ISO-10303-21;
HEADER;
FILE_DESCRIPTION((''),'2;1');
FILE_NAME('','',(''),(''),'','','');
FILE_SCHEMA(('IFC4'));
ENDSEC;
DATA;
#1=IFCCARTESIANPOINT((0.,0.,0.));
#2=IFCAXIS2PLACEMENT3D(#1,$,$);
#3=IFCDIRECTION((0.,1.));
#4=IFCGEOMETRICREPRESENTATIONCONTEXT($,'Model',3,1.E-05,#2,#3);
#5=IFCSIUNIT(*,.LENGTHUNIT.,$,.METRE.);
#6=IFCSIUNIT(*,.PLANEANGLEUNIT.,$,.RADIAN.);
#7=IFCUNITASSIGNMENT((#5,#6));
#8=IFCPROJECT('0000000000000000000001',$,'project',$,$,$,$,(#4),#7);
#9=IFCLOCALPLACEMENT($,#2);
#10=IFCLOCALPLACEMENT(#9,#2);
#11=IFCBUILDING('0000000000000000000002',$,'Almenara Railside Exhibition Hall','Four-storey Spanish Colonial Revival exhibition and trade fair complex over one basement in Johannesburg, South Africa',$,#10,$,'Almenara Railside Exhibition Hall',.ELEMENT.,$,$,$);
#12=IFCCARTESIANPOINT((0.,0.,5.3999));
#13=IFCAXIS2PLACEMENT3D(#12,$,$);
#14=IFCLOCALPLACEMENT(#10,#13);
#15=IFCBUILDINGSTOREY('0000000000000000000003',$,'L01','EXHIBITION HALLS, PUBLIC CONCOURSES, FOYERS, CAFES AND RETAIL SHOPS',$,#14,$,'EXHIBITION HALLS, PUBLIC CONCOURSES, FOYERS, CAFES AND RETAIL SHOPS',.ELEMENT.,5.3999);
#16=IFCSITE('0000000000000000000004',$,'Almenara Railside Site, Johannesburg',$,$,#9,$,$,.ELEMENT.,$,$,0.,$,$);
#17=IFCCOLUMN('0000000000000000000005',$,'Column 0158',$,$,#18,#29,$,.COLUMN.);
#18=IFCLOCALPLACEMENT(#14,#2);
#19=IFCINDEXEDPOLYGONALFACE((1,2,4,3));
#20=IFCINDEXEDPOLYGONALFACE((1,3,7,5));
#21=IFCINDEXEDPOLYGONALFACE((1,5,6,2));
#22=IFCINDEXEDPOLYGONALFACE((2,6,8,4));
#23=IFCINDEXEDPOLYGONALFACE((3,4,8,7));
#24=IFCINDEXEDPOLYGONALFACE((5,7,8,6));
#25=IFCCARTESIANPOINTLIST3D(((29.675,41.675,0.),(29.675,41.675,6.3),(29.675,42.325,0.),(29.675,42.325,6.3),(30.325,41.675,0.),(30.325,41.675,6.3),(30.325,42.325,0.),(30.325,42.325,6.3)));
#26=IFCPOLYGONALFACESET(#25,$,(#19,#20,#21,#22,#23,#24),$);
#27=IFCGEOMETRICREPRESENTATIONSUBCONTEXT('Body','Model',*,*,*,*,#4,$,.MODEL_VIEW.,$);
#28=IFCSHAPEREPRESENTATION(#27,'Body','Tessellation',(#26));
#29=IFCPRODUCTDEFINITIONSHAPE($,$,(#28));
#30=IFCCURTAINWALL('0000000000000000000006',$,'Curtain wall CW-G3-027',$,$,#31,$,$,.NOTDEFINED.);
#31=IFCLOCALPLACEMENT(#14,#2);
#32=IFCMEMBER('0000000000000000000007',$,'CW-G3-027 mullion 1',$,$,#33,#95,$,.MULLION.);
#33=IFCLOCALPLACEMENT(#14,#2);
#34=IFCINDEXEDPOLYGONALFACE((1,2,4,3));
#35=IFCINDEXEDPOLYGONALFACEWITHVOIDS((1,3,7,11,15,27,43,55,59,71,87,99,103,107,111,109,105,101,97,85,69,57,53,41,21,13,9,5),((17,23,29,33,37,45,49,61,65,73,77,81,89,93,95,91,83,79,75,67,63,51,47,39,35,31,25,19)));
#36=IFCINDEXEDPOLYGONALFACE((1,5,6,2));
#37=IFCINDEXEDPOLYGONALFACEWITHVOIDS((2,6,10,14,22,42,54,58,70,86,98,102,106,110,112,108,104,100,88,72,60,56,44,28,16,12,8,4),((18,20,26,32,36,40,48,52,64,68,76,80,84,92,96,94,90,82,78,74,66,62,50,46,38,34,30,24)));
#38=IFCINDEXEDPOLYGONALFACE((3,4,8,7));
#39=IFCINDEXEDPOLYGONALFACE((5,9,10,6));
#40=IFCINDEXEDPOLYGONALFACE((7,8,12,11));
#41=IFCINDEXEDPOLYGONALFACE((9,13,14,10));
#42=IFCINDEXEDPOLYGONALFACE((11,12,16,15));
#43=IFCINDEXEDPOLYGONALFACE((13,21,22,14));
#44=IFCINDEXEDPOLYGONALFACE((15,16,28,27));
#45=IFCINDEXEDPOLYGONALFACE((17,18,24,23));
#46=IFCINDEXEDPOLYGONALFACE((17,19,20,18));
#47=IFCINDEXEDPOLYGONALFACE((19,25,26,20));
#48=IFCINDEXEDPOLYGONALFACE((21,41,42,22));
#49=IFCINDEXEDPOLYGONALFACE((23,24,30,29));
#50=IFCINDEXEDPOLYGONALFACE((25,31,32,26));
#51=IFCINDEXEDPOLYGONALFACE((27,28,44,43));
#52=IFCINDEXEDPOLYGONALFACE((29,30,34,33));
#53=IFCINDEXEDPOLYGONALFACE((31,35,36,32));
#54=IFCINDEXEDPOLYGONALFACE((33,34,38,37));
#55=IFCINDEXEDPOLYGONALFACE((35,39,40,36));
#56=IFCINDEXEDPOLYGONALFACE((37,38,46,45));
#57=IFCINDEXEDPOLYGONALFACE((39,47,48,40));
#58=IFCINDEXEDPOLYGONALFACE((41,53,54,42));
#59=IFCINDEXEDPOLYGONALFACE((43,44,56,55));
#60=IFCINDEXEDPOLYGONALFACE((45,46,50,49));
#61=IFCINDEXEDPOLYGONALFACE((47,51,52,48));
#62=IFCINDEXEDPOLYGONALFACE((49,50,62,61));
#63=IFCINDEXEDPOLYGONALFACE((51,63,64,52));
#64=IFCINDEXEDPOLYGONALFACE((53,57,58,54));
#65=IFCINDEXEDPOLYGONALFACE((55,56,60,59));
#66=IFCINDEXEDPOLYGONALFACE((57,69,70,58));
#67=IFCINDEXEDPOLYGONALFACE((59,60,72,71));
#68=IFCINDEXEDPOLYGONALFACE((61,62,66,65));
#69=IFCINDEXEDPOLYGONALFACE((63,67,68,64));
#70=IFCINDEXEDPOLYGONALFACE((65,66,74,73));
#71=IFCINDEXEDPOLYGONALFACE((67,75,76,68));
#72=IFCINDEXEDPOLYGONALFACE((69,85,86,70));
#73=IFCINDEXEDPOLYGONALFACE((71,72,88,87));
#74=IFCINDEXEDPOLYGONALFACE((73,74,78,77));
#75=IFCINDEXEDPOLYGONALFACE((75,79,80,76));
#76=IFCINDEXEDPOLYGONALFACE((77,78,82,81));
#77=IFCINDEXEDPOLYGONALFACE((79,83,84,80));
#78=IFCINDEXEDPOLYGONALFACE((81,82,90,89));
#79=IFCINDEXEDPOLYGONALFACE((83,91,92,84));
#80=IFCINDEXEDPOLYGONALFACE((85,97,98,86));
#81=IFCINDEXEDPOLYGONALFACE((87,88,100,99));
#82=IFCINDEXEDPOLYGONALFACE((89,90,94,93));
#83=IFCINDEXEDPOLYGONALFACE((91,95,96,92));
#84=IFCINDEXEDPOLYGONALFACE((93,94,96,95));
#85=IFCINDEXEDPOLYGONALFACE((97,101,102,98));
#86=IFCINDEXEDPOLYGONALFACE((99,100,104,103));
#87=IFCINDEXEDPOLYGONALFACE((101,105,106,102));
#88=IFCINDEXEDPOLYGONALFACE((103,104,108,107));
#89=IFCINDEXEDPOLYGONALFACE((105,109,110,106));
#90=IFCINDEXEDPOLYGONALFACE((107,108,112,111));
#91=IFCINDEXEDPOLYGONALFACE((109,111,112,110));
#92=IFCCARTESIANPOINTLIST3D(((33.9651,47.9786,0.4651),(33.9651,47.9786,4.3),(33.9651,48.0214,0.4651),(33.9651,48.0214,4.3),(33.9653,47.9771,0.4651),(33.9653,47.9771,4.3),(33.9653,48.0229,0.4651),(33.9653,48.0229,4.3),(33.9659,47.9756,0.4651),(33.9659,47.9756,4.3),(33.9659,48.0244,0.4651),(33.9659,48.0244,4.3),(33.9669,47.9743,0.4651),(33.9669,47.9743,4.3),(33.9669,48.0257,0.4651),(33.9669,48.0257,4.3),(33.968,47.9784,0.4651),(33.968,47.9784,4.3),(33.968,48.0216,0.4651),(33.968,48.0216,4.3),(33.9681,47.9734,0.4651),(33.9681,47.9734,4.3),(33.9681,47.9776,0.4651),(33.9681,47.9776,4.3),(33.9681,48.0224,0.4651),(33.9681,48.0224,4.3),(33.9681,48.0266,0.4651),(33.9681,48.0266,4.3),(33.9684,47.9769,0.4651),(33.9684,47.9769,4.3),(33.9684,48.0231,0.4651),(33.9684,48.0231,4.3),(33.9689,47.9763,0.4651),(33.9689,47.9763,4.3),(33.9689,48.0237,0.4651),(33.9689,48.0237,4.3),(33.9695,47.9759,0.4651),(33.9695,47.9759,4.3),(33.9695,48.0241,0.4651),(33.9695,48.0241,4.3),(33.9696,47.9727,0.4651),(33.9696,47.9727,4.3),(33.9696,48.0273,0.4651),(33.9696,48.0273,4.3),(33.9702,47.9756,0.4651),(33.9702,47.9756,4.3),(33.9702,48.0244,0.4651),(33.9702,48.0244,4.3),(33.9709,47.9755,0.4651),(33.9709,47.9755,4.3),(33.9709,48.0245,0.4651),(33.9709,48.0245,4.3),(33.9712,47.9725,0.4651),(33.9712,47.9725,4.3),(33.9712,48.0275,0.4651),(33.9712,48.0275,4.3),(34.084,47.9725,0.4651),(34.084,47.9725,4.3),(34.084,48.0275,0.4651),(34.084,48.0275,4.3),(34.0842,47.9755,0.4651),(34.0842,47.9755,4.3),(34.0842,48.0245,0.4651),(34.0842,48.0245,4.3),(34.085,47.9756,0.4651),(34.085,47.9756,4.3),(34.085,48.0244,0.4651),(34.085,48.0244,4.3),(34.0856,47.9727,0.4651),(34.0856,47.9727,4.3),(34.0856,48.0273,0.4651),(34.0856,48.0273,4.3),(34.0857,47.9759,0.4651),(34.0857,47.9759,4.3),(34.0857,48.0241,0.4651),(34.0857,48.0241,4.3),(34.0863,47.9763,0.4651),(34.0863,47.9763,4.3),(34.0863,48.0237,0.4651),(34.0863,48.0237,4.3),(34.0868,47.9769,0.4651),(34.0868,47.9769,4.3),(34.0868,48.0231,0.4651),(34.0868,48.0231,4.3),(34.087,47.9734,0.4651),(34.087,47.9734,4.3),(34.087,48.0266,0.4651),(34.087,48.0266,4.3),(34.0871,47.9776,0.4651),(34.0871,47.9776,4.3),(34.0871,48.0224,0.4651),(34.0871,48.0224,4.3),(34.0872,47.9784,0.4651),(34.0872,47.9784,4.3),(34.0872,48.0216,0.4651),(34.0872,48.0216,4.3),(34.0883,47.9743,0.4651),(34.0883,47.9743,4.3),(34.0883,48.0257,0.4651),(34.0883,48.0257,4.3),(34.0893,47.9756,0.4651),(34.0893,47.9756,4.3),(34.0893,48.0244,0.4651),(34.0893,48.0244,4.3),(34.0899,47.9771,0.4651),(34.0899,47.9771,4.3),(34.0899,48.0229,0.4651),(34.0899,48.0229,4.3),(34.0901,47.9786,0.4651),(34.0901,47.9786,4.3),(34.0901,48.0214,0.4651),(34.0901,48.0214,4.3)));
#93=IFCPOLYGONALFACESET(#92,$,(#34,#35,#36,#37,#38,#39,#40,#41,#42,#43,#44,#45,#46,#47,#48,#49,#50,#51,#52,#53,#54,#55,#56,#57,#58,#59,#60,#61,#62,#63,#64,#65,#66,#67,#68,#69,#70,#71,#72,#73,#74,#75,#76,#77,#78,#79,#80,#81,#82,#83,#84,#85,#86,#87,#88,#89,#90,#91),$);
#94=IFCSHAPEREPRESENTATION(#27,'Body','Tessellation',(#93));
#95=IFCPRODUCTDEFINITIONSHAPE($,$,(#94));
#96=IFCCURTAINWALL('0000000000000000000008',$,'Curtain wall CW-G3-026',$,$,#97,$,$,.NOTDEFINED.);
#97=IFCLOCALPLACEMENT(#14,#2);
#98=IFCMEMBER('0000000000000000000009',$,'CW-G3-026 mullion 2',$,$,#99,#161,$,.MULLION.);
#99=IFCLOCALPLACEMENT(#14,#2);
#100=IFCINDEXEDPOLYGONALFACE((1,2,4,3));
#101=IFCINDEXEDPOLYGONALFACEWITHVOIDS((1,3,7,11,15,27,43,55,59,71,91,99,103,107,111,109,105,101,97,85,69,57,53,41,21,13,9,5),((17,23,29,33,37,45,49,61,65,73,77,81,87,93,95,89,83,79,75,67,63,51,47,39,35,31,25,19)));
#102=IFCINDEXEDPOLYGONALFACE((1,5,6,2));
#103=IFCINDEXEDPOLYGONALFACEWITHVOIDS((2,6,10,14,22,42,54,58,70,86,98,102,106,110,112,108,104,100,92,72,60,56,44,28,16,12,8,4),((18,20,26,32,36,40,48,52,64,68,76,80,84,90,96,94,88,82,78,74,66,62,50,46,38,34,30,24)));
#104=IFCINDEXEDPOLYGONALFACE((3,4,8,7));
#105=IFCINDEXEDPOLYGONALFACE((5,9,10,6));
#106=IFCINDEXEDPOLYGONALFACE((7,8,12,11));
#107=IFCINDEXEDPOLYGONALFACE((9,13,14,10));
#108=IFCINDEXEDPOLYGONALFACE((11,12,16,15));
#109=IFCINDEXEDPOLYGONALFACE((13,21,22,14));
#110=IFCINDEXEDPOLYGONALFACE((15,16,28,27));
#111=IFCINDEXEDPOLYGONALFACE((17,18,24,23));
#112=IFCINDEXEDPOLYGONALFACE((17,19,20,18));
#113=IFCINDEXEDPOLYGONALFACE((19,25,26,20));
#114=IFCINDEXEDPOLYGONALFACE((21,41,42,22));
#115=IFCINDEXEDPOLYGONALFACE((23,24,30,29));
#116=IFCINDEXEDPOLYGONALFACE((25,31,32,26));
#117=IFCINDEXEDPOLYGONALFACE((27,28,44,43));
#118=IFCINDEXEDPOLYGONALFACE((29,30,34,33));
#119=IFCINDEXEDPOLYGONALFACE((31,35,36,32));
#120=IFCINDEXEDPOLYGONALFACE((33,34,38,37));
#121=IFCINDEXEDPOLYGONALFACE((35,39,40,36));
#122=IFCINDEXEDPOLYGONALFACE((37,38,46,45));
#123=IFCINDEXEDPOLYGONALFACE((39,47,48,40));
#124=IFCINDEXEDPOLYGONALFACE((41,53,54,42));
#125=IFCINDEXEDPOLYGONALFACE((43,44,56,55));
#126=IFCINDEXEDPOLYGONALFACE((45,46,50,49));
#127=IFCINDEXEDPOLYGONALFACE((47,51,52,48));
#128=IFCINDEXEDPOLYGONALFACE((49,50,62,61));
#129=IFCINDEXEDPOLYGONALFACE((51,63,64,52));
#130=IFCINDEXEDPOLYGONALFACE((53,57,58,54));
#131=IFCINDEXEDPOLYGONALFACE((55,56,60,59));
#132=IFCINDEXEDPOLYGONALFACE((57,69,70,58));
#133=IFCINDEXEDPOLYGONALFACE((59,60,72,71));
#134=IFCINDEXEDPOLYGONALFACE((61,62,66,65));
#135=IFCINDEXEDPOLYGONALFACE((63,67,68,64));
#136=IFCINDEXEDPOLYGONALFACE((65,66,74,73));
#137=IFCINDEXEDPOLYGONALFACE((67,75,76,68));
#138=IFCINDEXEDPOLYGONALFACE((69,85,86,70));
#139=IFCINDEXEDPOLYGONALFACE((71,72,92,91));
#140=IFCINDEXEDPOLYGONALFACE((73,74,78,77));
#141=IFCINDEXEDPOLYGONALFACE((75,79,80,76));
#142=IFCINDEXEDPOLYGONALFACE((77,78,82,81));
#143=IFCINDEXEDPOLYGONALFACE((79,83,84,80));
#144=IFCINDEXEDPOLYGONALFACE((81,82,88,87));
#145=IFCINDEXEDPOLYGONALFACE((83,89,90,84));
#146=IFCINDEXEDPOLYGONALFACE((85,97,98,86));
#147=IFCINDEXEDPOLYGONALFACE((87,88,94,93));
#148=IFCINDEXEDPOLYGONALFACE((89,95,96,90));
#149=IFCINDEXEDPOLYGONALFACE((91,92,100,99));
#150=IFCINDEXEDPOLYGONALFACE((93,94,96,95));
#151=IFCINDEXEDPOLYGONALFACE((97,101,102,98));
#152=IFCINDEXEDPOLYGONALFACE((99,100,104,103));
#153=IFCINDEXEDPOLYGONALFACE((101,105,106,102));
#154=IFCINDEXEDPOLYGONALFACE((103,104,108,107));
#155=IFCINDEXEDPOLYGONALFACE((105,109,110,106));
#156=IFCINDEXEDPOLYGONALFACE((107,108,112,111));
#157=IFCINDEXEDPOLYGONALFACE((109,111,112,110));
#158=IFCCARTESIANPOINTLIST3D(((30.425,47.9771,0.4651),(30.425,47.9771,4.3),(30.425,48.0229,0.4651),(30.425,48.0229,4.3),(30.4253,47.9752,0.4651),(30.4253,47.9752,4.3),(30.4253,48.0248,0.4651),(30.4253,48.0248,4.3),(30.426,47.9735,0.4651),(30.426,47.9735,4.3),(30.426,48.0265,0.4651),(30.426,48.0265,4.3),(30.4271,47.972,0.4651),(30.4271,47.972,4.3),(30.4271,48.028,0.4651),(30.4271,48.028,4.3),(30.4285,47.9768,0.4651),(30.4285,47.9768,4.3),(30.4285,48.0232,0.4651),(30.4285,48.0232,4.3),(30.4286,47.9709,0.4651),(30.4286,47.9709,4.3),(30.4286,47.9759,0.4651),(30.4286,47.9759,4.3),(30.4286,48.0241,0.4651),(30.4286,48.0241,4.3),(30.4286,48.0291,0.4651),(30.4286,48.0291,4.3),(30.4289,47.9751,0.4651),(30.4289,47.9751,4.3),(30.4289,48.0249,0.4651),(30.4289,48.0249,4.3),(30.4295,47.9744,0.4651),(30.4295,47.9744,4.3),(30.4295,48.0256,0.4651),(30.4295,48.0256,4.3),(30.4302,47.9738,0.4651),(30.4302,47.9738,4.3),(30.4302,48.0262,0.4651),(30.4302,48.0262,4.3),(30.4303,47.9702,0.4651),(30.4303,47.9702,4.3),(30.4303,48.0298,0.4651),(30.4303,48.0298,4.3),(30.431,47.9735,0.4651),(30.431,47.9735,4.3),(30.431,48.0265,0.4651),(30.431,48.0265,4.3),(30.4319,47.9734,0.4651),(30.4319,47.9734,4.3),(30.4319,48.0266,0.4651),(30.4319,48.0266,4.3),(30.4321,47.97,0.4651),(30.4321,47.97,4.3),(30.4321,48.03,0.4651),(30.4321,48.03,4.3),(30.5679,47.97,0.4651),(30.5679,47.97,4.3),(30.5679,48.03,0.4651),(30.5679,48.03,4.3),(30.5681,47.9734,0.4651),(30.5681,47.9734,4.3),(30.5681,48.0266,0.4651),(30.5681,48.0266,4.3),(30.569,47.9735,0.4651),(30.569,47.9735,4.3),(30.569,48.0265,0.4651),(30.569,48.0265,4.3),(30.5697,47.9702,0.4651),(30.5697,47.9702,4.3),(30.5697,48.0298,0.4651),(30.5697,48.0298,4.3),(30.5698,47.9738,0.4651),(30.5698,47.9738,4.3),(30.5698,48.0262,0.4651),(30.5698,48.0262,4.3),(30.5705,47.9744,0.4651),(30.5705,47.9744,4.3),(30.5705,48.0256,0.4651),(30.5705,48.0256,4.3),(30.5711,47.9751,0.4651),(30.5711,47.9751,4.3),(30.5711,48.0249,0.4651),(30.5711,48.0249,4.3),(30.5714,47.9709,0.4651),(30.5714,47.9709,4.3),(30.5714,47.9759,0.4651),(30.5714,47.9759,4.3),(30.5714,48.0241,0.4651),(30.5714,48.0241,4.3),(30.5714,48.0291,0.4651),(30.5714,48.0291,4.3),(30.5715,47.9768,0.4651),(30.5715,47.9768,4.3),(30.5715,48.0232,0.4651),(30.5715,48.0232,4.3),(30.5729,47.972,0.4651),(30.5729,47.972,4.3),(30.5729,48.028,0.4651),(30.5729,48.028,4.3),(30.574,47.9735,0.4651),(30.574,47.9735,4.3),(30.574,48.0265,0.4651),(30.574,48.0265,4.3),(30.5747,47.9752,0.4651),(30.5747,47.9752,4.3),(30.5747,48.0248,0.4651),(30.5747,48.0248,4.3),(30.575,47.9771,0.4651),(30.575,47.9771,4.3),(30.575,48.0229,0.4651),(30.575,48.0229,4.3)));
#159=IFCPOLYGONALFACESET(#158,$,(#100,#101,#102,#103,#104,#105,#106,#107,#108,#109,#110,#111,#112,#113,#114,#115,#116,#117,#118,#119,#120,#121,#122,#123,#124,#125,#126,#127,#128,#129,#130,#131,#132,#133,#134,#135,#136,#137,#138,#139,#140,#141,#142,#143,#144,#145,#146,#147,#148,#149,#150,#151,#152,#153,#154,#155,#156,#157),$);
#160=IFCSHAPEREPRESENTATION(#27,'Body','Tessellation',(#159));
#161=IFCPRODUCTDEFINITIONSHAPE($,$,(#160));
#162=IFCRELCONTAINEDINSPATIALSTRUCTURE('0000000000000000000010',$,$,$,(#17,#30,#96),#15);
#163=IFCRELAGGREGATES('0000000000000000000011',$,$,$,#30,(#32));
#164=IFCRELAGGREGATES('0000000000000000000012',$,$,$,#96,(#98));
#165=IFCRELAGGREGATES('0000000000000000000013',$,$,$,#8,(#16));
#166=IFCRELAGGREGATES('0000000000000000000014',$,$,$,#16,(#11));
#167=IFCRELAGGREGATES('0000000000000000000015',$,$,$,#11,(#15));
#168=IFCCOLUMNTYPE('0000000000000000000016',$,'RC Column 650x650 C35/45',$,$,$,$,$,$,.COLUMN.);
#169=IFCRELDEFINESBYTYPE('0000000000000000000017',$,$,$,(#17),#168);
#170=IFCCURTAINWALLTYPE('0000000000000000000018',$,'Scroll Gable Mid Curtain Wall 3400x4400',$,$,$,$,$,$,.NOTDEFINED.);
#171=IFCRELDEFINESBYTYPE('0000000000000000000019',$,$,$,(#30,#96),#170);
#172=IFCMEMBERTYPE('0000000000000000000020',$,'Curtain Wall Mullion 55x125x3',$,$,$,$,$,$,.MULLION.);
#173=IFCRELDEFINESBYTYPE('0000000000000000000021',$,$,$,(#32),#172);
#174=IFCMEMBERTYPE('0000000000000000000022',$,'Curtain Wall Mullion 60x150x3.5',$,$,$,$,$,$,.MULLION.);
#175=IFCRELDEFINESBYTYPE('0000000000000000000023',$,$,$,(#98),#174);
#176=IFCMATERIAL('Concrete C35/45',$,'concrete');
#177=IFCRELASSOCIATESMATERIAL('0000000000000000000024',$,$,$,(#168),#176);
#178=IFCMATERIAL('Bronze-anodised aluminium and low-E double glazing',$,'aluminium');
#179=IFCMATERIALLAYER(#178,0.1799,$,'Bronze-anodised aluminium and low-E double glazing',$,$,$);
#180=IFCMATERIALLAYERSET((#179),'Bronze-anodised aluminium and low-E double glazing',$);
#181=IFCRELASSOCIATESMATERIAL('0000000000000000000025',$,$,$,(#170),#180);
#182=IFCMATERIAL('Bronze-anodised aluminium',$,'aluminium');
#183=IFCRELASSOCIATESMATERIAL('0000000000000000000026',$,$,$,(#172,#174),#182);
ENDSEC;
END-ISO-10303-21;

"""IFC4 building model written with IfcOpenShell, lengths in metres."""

from ifc_helpers import new_model, si_unit, direction, frame, origin, origin_2d, place, context, subcontext, project, spatial, rectangle, hollow_rectangle, extrude, material, layer, layer_set, material_profile, profile_set, type_object, element, aggregate, save


model = new_model("IFC4")

# Units and contexts
model_context = context("Model", 3, precision=1e-05, world=origin(), true_north=direction((0.0, 1.0)))
body_context = subcontext(model_context, "Body", "Model", "MODEL_VIEW")
ifc_project = project(units=[si_unit("LENGTHUNIT", "METRE"), si_unit("PLANEANGLEUNIT", "RADIAN")], contexts=[model_context])

# Site, building, storey
site_placement = place(None, origin())
site = spatial("IfcSite", under=ifc_project, at=site_placement, Name="Almenara Railside Site, Johannesburg", CompositionType="ELEMENT", RefElevation=0.0)
building_placement = place(site_placement, origin())
building = spatial("IfcBuilding", under=site, at=building_placement, Name="Almenara Railside Exhibition Hall", Description="Four-storey Spanish Colonial Revival exhibition and trade fair complex over one basement in Johannesburg, South Africa", LongName="Almenara Railside Exhibition Hall", CompositionType="ELEMENT")
storey_placement = place(building_placement, frame((0.0, 0.0, 5.3999)))
storey = spatial("IfcBuildingStorey", under=building, at=storey_placement, Name="L01", Description="EXHIBITION HALLS, PUBLIC CONCOURSES, FOYERS, CAFES AND RETAIL SHOPS", LongName="EXHIBITION HALLS, PUBLIC CONCOURSES, FOYERS, CAFES AND RETAIL SHOPS", CompositionType="ELEMENT", Elevation=5.3999)

# Column
ifc_material_1 = material(Name="Concrete C35/45", Category="concrete")
ifc_material_profile_1 = material_profile(ifc_material_1, rectangle(XDim=0.6499, YDim=0.6499, at=origin_2d()), Name="RC 650x650")
ifc_profile_set_1 = profile_set([ifc_material_profile_1], Name="Concrete C35/45")
column_type = type_object("IfcColumnType", Name="RC Column 650x650 C35/45", PredefinedType="COLUMN", material=ifc_profile_set_1)
column_placement = place(storey_placement, frame((30.0, 42.0, 0.0), z_axis=(0.0, 0.0, 1.0), x_axis=(1.0, 0.0, 0.0)))
element("IfcColumn", 1, at=column_placement, inside=storey, type_object=column_type, Name="Column 0158", PredefinedType="COLUMN", context=body_context, shape_type="SweptSolid", body=[
    extrude(rectangle(XDim=0.6499, YDim=0.6499, at=origin_2d()), origin(), (0.0, 0.0, 1.0), 6.3),
])

# Curtain wall, member
ifc_material_2 = material(Name="Bronze-anodised aluminium and low-E double glazing", Category="aluminium")
ifc_layer_1 = layer(ifc_material_2, 0.1799, Name="Bronze-anodised aluminium and low-E double glazing")
ifc_layer_set_1 = layer_set([ifc_layer_1], Name="Bronze-anodised aluminium and low-E double glazing")
curtain_wall_type_1 = type_object("IfcCurtainWallType", Name="Scroll Gable Mid Curtain Wall 3400x4400", PredefinedType="NOTDEFINED", material=ifc_layer_set_1)
curtain_wall_1_placement = place(storey_placement, origin())
curtain_wall_1 = element("IfcCurtainWall", 2, at=curtain_wall_1_placement, inside=storey, type_object=curtain_wall_type_1, Name="Curtain wall CW-G3-027", PredefinedType="NOTDEFINED")
ifc_material_3 = material(Name="Bronze-anodised aluminium", Category="aluminium")
ifc_material_profile_2 = material_profile(ifc_material_3, hollow_rectangle(XDim=0.0549, YDim=0.125, WallThickness=0.0029, InnerFilletRadius=0.0029, OuterFilletRadius=0.0061, at=origin_2d()), Name="ALU-MUL 55x125x3")
ifc_profile_set_2 = profile_set([ifc_material_profile_2], Name="Bronze-anodised aluminium")
member_type_1 = type_object("IfcMemberType", Name="Curtain Wall Mullion 55x125x3", PredefinedType="MULLION", material=ifc_profile_set_2)
member_1_placement = place(storey_placement, frame((34.0276, 48.0, 0.4651), z_axis=(0.0, 0.0, 1.0), x_axis=(0.0, 1.0, 0.0)))
member_1 = element("IfcMember", 3, at=member_1_placement, type_object=member_type_1, Name="CW-G3-027 mullion 1", PredefinedType="MULLION", context=body_context, shape_type="SweptSolid", body=[
    extrude(hollow_rectangle(XDim=0.0549, YDim=0.125, WallThickness=0.0029, InnerFilletRadius=0.0029, OuterFilletRadius=0.0061, at=origin_2d()), origin(), (0.0, 0.0, 1.0), 3.835),
])

# Curtain wall, member
curtain_wall_2_placement = place(storey_placement, origin())
curtain_wall_2 = element("IfcCurtainWall", 4, at=curtain_wall_2_placement, inside=storey, type_object=curtain_wall_type_1, Name="Curtain wall CW-G3-026", PredefinedType="NOTDEFINED")
ifc_material_profile_3 = material_profile(ifc_material_3, hollow_rectangle(XDim=0.0601, YDim=0.1499, WallThickness=0.0034, InnerFilletRadius=0.0034, OuterFilletRadius=0.0071, at=origin_2d()), Name="ALU-MUL 60x150x3.5")
ifc_profile_set_3 = profile_set([ifc_material_profile_3], Name="Bronze-anodised aluminium")
member_type_2 = type_object("IfcMemberType", Name="Curtain Wall Mullion 60x150x3.5", PredefinedType="MULLION", material=ifc_profile_set_3)
member_2_placement = place(storey_placement, frame((30.5, 48.0, 0.4651), z_axis=(0.0, 0.0, 1.0), x_axis=(0.0, 1.0, 0.0)))
member_2 = element("IfcMember", 5, at=member_2_placement, type_object=member_type_2, Name="CW-G3-026 mullion 2", PredefinedType="MULLION", context=body_context, shape_type="SweptSolid", body=[
    extrude(hollow_rectangle(XDim=0.0601, YDim=0.1499, WallThickness=0.0034, InnerFilletRadius=0.0034, OuterFilletRadius=0.0071, at=origin_2d()), origin(), (0.0, 0.0, 1.0), 3.835),
])

aggregate(curtain_wall_1, [member_1])

aggregate(curtain_wall_2, [member_2])

save(model, "model.ifc")
